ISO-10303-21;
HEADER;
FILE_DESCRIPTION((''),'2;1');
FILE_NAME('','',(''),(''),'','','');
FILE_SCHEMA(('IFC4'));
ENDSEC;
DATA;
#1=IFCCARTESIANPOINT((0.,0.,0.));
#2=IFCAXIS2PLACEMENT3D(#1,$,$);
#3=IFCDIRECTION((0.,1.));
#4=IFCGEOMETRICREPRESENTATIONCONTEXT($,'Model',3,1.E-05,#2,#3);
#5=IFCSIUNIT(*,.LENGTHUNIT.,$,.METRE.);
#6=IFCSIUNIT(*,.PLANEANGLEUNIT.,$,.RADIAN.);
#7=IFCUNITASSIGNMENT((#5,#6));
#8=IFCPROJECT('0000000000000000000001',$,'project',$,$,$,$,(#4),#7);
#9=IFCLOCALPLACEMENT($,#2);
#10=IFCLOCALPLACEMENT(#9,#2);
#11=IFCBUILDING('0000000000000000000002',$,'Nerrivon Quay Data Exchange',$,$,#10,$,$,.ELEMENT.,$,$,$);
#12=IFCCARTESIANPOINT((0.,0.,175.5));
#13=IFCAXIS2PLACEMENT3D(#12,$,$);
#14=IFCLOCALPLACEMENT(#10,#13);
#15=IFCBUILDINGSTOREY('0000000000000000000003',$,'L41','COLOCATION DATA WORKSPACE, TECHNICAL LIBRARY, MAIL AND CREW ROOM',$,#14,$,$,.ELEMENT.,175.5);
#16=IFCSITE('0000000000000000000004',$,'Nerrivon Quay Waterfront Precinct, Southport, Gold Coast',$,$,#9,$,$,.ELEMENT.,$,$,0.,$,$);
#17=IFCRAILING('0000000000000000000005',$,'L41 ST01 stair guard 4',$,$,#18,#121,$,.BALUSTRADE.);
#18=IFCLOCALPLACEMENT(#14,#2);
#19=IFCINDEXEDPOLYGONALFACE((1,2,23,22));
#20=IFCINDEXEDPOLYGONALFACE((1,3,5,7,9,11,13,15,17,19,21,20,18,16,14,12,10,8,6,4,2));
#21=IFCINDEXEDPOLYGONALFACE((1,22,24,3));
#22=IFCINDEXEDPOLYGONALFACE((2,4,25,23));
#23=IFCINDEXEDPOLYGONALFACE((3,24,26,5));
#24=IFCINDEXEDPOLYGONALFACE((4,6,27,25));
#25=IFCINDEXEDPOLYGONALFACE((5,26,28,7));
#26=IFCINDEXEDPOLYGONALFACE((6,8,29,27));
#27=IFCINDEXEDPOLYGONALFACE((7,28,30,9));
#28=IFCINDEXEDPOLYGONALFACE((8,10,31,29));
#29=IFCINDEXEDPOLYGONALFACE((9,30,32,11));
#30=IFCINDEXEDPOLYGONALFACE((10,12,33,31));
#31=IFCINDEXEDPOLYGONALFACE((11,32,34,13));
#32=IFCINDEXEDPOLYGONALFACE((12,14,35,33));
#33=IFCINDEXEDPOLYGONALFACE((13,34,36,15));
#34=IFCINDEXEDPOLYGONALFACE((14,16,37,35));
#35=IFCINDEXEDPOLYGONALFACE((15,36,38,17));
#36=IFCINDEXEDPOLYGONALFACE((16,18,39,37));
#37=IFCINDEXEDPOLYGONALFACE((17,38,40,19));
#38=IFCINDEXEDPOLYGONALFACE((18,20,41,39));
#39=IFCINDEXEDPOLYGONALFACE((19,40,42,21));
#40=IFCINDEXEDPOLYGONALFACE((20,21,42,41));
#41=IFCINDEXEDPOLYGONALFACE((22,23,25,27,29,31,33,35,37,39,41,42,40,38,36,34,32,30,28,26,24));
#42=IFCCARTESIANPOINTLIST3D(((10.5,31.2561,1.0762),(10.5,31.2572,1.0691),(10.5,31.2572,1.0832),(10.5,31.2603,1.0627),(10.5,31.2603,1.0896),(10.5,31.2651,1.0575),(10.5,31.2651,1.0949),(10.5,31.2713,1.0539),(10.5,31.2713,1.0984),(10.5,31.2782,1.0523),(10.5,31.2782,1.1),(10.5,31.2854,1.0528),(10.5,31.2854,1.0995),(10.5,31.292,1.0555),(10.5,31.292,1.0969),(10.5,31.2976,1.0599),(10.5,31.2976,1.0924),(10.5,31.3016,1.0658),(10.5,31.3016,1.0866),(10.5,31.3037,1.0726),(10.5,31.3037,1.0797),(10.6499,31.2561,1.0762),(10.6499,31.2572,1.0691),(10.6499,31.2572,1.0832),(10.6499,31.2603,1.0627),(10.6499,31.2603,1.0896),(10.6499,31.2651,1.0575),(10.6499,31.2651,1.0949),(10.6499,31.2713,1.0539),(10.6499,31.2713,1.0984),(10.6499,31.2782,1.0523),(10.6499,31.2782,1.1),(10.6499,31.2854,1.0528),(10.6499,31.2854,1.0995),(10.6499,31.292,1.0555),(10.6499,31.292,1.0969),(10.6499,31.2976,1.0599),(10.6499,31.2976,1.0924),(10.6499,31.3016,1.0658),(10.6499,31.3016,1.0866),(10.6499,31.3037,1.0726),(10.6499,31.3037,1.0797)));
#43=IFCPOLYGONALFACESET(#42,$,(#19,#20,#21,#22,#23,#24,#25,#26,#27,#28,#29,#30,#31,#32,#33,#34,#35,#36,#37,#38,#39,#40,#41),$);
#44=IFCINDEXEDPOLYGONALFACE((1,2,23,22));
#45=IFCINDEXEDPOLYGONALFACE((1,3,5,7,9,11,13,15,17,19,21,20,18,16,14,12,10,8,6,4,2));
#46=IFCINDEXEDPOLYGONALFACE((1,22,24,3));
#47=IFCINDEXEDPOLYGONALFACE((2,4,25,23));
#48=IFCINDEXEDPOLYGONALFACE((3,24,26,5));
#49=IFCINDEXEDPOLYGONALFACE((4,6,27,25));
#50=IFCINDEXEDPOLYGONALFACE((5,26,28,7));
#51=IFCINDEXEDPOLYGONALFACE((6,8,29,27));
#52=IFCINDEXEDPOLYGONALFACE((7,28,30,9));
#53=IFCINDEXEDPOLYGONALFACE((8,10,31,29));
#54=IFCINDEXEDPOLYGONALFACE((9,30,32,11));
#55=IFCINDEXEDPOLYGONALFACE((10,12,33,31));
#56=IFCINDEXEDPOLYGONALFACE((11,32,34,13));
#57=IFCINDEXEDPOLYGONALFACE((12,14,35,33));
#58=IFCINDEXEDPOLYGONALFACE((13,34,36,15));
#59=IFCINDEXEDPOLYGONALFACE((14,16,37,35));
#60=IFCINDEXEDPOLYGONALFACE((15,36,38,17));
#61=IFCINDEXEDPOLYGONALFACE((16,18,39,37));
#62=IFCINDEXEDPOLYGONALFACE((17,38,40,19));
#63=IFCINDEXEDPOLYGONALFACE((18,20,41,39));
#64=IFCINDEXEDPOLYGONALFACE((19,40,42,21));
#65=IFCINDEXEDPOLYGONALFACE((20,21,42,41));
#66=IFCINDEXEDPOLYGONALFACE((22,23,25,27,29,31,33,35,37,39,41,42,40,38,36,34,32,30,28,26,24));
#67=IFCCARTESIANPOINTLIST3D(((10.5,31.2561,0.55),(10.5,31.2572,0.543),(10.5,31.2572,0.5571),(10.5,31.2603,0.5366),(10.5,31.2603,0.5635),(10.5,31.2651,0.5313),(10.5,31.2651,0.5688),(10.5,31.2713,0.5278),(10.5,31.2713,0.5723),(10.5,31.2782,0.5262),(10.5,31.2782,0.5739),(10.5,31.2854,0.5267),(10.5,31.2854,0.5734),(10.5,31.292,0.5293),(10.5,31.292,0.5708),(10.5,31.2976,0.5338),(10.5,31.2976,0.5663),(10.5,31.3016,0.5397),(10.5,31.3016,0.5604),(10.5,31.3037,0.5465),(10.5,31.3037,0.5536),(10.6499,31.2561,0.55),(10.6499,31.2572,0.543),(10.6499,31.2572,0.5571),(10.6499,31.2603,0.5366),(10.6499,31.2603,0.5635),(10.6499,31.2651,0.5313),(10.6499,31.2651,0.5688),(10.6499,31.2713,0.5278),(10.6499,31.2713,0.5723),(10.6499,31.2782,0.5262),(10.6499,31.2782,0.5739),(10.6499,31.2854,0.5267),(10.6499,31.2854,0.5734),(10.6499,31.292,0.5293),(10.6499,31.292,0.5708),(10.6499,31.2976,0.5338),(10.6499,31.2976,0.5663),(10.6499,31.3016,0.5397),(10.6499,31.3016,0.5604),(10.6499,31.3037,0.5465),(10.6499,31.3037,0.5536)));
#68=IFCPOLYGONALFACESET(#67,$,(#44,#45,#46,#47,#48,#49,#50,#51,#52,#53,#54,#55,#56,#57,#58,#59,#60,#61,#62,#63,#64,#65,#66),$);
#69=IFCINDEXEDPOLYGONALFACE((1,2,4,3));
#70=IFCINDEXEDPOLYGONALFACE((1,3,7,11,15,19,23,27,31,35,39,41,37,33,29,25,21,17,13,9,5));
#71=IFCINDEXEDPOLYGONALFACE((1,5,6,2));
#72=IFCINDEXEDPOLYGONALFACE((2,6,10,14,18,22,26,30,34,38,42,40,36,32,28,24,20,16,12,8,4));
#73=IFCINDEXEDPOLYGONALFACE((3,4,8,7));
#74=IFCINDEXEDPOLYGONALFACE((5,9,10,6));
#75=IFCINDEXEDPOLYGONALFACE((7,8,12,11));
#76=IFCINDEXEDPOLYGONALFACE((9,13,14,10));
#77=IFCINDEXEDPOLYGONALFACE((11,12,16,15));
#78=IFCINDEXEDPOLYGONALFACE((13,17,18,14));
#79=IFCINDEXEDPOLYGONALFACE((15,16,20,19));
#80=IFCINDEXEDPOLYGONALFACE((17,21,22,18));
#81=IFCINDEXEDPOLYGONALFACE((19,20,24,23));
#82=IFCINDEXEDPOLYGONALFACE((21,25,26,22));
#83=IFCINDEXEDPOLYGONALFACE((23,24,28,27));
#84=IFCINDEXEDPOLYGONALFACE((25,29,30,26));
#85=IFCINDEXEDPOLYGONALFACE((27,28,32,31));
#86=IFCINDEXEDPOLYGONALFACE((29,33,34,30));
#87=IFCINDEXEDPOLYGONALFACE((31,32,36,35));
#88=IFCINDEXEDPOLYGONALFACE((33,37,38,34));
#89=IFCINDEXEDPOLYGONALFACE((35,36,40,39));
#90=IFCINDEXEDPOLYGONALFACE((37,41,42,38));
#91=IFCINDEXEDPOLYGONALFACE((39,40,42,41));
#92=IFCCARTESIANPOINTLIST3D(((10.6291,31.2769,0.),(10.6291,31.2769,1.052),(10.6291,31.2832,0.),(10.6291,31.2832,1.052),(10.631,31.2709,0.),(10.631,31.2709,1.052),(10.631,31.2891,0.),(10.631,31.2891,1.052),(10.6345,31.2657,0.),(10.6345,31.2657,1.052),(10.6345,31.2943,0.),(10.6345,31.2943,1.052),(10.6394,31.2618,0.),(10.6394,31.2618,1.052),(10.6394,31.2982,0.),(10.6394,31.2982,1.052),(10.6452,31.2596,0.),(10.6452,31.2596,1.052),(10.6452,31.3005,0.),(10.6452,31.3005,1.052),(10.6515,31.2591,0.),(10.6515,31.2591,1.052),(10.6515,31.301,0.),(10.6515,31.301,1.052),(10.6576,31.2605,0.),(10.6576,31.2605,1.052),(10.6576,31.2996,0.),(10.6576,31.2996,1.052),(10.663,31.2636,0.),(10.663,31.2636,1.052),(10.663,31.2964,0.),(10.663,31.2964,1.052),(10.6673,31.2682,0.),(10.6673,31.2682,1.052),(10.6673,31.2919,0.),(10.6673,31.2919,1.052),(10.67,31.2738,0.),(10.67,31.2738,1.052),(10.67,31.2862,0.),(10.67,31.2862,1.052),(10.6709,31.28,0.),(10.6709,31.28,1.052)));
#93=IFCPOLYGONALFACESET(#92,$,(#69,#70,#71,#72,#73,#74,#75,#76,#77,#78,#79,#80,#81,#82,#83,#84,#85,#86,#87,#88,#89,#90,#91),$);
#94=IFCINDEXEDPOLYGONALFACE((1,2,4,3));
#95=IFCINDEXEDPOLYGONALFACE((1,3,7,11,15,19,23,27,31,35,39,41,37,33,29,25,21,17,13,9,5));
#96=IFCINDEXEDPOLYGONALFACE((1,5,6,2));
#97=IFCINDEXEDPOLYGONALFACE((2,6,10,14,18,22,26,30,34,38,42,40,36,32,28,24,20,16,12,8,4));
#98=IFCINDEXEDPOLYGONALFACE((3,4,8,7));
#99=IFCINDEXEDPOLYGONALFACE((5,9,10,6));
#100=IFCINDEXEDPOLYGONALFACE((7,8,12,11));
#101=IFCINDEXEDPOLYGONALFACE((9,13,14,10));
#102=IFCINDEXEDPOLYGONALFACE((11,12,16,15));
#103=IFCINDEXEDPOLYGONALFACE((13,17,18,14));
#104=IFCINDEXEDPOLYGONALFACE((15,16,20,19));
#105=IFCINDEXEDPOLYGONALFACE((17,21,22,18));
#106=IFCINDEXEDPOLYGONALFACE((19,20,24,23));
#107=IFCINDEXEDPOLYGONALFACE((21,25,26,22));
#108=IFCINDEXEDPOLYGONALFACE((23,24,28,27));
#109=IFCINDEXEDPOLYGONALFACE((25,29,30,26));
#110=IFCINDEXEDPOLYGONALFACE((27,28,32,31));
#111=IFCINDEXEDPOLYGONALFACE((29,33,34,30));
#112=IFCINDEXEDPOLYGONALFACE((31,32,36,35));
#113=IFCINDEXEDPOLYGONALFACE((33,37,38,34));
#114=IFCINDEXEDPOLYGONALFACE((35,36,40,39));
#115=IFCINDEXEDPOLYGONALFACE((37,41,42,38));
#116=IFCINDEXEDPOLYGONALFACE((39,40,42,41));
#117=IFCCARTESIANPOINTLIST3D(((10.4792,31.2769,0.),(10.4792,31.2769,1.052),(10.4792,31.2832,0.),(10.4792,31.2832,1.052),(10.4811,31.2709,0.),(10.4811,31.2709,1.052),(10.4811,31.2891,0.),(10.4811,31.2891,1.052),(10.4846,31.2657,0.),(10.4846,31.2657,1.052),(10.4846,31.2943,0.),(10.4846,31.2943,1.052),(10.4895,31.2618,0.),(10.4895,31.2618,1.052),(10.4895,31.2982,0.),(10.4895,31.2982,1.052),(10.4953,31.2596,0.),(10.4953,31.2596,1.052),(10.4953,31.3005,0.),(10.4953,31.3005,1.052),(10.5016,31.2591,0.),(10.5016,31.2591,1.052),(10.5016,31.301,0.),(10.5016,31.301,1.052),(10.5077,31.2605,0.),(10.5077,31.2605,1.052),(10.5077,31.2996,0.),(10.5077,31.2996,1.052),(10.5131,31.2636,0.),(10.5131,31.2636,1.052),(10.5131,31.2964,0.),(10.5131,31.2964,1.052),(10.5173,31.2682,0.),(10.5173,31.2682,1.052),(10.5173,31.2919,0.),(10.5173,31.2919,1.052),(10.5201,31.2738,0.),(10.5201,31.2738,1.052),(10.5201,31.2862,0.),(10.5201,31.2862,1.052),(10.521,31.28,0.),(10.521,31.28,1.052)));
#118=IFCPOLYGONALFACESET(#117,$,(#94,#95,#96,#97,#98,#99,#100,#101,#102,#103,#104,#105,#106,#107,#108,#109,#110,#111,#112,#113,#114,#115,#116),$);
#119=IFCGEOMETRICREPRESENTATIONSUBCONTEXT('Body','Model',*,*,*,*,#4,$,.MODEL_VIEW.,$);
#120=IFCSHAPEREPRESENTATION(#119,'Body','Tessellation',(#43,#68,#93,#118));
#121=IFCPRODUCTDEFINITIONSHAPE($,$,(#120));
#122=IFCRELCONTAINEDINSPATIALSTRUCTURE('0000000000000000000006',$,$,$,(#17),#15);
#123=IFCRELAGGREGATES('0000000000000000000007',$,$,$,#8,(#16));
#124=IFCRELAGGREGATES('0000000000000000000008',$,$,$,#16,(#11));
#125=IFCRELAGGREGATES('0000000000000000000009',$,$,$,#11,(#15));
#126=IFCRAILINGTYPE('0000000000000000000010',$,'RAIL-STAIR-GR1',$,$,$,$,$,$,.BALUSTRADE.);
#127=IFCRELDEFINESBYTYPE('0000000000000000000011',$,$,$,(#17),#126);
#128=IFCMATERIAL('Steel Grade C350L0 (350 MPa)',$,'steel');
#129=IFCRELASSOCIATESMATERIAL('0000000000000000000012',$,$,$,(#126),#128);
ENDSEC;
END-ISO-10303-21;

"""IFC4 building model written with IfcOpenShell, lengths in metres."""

from ifc_helpers import new_model, si_unit, direction, frame, origin, origin_2d, place, context, subcontext, project, spatial, circle, extrude, material, type_object, element, save


model = new_model("IFC4")

# Units and contexts
model_context = context("Model", 3, precision=1e-05, world=origin(), true_north=direction((0.0, 1.0)))
body_context = subcontext(model_context, "Body", "Model", "MODEL_VIEW")
ifc_project = project(units=[si_unit("LENGTHUNIT", "METRE"), si_unit("PLANEANGLEUNIT", "RADIAN")], contexts=[model_context])

# Site, building, storey
site_placement = place(None, origin())
site = spatial("IfcSite", under=ifc_project, at=site_placement, Name="Nerrivon Quay Waterfront Precinct, Southport, Gold Coast", CompositionType="ELEMENT", RefElevation=0.0)
building_placement = place(site_placement, origin())
building = spatial("IfcBuilding", under=site, at=building_placement, Name="Nerrivon Quay Data Exchange", CompositionType="ELEMENT")
storey_placement = place(building_placement, frame((0.0, 0.0, 175.5)))
storey = spatial("IfcBuildingStorey", under=building, at=storey_placement, Name="L41", Description="COLOCATION DATA WORKSPACE, TECHNICAL LIBRARY, MAIL AND CREW ROOM", CompositionType="ELEMENT", Elevation=175.5)

# Railing
ifc_material_1 = material(Name="Steel Grade C350L0 (350 MPa)", Category="steel")
railing_type_1 = type_object("IfcRailingType", Name="RAIL-STAIR-GR1", PredefinedType="BALUSTRADE", material=ifc_material_1)
railing_1_placement = place(storey_placement, frame((10.6499, 31.28, 0.0)))
element("IfcRailing", 1, at=railing_1_placement, inside=storey, type_object=railing_type_1, Name="L41 ST01 stair guard 4", PredefinedType="BALUSTRADE", context=body_context, shape_type="SweptSolid", body=[
    extrude(circle(Radius=0.0239, at=origin_2d()), frame((0.0, 0.0, 1.0762), z_axis=(-1.0, 0.0, 0.0), x_axis=(0.0, -1.0, 0.0)), (0.0, 0.0, 1.0), 0.1499),
    extrude(circle(Radius=0.0239, at=origin_2d()), frame((0.0, 0.0, 0.55), z_axis=(-1.0, 0.0, 0.0), x_axis=(0.0, -1.0, 0.0)), (0.0, 0.0, 1.0), 0.1499),
    extrude(circle(Radius=0.021, at=origin_2d()), origin(), (0.0, 0.0, 1.0), 1.052),
    extrude(circle(Radius=0.021, at=origin_2d()), frame((-0.1499, 0.0, 0.0)), (0.0, 0.0, 1.0), 1.052),
])

save(model, "model.ifc")
